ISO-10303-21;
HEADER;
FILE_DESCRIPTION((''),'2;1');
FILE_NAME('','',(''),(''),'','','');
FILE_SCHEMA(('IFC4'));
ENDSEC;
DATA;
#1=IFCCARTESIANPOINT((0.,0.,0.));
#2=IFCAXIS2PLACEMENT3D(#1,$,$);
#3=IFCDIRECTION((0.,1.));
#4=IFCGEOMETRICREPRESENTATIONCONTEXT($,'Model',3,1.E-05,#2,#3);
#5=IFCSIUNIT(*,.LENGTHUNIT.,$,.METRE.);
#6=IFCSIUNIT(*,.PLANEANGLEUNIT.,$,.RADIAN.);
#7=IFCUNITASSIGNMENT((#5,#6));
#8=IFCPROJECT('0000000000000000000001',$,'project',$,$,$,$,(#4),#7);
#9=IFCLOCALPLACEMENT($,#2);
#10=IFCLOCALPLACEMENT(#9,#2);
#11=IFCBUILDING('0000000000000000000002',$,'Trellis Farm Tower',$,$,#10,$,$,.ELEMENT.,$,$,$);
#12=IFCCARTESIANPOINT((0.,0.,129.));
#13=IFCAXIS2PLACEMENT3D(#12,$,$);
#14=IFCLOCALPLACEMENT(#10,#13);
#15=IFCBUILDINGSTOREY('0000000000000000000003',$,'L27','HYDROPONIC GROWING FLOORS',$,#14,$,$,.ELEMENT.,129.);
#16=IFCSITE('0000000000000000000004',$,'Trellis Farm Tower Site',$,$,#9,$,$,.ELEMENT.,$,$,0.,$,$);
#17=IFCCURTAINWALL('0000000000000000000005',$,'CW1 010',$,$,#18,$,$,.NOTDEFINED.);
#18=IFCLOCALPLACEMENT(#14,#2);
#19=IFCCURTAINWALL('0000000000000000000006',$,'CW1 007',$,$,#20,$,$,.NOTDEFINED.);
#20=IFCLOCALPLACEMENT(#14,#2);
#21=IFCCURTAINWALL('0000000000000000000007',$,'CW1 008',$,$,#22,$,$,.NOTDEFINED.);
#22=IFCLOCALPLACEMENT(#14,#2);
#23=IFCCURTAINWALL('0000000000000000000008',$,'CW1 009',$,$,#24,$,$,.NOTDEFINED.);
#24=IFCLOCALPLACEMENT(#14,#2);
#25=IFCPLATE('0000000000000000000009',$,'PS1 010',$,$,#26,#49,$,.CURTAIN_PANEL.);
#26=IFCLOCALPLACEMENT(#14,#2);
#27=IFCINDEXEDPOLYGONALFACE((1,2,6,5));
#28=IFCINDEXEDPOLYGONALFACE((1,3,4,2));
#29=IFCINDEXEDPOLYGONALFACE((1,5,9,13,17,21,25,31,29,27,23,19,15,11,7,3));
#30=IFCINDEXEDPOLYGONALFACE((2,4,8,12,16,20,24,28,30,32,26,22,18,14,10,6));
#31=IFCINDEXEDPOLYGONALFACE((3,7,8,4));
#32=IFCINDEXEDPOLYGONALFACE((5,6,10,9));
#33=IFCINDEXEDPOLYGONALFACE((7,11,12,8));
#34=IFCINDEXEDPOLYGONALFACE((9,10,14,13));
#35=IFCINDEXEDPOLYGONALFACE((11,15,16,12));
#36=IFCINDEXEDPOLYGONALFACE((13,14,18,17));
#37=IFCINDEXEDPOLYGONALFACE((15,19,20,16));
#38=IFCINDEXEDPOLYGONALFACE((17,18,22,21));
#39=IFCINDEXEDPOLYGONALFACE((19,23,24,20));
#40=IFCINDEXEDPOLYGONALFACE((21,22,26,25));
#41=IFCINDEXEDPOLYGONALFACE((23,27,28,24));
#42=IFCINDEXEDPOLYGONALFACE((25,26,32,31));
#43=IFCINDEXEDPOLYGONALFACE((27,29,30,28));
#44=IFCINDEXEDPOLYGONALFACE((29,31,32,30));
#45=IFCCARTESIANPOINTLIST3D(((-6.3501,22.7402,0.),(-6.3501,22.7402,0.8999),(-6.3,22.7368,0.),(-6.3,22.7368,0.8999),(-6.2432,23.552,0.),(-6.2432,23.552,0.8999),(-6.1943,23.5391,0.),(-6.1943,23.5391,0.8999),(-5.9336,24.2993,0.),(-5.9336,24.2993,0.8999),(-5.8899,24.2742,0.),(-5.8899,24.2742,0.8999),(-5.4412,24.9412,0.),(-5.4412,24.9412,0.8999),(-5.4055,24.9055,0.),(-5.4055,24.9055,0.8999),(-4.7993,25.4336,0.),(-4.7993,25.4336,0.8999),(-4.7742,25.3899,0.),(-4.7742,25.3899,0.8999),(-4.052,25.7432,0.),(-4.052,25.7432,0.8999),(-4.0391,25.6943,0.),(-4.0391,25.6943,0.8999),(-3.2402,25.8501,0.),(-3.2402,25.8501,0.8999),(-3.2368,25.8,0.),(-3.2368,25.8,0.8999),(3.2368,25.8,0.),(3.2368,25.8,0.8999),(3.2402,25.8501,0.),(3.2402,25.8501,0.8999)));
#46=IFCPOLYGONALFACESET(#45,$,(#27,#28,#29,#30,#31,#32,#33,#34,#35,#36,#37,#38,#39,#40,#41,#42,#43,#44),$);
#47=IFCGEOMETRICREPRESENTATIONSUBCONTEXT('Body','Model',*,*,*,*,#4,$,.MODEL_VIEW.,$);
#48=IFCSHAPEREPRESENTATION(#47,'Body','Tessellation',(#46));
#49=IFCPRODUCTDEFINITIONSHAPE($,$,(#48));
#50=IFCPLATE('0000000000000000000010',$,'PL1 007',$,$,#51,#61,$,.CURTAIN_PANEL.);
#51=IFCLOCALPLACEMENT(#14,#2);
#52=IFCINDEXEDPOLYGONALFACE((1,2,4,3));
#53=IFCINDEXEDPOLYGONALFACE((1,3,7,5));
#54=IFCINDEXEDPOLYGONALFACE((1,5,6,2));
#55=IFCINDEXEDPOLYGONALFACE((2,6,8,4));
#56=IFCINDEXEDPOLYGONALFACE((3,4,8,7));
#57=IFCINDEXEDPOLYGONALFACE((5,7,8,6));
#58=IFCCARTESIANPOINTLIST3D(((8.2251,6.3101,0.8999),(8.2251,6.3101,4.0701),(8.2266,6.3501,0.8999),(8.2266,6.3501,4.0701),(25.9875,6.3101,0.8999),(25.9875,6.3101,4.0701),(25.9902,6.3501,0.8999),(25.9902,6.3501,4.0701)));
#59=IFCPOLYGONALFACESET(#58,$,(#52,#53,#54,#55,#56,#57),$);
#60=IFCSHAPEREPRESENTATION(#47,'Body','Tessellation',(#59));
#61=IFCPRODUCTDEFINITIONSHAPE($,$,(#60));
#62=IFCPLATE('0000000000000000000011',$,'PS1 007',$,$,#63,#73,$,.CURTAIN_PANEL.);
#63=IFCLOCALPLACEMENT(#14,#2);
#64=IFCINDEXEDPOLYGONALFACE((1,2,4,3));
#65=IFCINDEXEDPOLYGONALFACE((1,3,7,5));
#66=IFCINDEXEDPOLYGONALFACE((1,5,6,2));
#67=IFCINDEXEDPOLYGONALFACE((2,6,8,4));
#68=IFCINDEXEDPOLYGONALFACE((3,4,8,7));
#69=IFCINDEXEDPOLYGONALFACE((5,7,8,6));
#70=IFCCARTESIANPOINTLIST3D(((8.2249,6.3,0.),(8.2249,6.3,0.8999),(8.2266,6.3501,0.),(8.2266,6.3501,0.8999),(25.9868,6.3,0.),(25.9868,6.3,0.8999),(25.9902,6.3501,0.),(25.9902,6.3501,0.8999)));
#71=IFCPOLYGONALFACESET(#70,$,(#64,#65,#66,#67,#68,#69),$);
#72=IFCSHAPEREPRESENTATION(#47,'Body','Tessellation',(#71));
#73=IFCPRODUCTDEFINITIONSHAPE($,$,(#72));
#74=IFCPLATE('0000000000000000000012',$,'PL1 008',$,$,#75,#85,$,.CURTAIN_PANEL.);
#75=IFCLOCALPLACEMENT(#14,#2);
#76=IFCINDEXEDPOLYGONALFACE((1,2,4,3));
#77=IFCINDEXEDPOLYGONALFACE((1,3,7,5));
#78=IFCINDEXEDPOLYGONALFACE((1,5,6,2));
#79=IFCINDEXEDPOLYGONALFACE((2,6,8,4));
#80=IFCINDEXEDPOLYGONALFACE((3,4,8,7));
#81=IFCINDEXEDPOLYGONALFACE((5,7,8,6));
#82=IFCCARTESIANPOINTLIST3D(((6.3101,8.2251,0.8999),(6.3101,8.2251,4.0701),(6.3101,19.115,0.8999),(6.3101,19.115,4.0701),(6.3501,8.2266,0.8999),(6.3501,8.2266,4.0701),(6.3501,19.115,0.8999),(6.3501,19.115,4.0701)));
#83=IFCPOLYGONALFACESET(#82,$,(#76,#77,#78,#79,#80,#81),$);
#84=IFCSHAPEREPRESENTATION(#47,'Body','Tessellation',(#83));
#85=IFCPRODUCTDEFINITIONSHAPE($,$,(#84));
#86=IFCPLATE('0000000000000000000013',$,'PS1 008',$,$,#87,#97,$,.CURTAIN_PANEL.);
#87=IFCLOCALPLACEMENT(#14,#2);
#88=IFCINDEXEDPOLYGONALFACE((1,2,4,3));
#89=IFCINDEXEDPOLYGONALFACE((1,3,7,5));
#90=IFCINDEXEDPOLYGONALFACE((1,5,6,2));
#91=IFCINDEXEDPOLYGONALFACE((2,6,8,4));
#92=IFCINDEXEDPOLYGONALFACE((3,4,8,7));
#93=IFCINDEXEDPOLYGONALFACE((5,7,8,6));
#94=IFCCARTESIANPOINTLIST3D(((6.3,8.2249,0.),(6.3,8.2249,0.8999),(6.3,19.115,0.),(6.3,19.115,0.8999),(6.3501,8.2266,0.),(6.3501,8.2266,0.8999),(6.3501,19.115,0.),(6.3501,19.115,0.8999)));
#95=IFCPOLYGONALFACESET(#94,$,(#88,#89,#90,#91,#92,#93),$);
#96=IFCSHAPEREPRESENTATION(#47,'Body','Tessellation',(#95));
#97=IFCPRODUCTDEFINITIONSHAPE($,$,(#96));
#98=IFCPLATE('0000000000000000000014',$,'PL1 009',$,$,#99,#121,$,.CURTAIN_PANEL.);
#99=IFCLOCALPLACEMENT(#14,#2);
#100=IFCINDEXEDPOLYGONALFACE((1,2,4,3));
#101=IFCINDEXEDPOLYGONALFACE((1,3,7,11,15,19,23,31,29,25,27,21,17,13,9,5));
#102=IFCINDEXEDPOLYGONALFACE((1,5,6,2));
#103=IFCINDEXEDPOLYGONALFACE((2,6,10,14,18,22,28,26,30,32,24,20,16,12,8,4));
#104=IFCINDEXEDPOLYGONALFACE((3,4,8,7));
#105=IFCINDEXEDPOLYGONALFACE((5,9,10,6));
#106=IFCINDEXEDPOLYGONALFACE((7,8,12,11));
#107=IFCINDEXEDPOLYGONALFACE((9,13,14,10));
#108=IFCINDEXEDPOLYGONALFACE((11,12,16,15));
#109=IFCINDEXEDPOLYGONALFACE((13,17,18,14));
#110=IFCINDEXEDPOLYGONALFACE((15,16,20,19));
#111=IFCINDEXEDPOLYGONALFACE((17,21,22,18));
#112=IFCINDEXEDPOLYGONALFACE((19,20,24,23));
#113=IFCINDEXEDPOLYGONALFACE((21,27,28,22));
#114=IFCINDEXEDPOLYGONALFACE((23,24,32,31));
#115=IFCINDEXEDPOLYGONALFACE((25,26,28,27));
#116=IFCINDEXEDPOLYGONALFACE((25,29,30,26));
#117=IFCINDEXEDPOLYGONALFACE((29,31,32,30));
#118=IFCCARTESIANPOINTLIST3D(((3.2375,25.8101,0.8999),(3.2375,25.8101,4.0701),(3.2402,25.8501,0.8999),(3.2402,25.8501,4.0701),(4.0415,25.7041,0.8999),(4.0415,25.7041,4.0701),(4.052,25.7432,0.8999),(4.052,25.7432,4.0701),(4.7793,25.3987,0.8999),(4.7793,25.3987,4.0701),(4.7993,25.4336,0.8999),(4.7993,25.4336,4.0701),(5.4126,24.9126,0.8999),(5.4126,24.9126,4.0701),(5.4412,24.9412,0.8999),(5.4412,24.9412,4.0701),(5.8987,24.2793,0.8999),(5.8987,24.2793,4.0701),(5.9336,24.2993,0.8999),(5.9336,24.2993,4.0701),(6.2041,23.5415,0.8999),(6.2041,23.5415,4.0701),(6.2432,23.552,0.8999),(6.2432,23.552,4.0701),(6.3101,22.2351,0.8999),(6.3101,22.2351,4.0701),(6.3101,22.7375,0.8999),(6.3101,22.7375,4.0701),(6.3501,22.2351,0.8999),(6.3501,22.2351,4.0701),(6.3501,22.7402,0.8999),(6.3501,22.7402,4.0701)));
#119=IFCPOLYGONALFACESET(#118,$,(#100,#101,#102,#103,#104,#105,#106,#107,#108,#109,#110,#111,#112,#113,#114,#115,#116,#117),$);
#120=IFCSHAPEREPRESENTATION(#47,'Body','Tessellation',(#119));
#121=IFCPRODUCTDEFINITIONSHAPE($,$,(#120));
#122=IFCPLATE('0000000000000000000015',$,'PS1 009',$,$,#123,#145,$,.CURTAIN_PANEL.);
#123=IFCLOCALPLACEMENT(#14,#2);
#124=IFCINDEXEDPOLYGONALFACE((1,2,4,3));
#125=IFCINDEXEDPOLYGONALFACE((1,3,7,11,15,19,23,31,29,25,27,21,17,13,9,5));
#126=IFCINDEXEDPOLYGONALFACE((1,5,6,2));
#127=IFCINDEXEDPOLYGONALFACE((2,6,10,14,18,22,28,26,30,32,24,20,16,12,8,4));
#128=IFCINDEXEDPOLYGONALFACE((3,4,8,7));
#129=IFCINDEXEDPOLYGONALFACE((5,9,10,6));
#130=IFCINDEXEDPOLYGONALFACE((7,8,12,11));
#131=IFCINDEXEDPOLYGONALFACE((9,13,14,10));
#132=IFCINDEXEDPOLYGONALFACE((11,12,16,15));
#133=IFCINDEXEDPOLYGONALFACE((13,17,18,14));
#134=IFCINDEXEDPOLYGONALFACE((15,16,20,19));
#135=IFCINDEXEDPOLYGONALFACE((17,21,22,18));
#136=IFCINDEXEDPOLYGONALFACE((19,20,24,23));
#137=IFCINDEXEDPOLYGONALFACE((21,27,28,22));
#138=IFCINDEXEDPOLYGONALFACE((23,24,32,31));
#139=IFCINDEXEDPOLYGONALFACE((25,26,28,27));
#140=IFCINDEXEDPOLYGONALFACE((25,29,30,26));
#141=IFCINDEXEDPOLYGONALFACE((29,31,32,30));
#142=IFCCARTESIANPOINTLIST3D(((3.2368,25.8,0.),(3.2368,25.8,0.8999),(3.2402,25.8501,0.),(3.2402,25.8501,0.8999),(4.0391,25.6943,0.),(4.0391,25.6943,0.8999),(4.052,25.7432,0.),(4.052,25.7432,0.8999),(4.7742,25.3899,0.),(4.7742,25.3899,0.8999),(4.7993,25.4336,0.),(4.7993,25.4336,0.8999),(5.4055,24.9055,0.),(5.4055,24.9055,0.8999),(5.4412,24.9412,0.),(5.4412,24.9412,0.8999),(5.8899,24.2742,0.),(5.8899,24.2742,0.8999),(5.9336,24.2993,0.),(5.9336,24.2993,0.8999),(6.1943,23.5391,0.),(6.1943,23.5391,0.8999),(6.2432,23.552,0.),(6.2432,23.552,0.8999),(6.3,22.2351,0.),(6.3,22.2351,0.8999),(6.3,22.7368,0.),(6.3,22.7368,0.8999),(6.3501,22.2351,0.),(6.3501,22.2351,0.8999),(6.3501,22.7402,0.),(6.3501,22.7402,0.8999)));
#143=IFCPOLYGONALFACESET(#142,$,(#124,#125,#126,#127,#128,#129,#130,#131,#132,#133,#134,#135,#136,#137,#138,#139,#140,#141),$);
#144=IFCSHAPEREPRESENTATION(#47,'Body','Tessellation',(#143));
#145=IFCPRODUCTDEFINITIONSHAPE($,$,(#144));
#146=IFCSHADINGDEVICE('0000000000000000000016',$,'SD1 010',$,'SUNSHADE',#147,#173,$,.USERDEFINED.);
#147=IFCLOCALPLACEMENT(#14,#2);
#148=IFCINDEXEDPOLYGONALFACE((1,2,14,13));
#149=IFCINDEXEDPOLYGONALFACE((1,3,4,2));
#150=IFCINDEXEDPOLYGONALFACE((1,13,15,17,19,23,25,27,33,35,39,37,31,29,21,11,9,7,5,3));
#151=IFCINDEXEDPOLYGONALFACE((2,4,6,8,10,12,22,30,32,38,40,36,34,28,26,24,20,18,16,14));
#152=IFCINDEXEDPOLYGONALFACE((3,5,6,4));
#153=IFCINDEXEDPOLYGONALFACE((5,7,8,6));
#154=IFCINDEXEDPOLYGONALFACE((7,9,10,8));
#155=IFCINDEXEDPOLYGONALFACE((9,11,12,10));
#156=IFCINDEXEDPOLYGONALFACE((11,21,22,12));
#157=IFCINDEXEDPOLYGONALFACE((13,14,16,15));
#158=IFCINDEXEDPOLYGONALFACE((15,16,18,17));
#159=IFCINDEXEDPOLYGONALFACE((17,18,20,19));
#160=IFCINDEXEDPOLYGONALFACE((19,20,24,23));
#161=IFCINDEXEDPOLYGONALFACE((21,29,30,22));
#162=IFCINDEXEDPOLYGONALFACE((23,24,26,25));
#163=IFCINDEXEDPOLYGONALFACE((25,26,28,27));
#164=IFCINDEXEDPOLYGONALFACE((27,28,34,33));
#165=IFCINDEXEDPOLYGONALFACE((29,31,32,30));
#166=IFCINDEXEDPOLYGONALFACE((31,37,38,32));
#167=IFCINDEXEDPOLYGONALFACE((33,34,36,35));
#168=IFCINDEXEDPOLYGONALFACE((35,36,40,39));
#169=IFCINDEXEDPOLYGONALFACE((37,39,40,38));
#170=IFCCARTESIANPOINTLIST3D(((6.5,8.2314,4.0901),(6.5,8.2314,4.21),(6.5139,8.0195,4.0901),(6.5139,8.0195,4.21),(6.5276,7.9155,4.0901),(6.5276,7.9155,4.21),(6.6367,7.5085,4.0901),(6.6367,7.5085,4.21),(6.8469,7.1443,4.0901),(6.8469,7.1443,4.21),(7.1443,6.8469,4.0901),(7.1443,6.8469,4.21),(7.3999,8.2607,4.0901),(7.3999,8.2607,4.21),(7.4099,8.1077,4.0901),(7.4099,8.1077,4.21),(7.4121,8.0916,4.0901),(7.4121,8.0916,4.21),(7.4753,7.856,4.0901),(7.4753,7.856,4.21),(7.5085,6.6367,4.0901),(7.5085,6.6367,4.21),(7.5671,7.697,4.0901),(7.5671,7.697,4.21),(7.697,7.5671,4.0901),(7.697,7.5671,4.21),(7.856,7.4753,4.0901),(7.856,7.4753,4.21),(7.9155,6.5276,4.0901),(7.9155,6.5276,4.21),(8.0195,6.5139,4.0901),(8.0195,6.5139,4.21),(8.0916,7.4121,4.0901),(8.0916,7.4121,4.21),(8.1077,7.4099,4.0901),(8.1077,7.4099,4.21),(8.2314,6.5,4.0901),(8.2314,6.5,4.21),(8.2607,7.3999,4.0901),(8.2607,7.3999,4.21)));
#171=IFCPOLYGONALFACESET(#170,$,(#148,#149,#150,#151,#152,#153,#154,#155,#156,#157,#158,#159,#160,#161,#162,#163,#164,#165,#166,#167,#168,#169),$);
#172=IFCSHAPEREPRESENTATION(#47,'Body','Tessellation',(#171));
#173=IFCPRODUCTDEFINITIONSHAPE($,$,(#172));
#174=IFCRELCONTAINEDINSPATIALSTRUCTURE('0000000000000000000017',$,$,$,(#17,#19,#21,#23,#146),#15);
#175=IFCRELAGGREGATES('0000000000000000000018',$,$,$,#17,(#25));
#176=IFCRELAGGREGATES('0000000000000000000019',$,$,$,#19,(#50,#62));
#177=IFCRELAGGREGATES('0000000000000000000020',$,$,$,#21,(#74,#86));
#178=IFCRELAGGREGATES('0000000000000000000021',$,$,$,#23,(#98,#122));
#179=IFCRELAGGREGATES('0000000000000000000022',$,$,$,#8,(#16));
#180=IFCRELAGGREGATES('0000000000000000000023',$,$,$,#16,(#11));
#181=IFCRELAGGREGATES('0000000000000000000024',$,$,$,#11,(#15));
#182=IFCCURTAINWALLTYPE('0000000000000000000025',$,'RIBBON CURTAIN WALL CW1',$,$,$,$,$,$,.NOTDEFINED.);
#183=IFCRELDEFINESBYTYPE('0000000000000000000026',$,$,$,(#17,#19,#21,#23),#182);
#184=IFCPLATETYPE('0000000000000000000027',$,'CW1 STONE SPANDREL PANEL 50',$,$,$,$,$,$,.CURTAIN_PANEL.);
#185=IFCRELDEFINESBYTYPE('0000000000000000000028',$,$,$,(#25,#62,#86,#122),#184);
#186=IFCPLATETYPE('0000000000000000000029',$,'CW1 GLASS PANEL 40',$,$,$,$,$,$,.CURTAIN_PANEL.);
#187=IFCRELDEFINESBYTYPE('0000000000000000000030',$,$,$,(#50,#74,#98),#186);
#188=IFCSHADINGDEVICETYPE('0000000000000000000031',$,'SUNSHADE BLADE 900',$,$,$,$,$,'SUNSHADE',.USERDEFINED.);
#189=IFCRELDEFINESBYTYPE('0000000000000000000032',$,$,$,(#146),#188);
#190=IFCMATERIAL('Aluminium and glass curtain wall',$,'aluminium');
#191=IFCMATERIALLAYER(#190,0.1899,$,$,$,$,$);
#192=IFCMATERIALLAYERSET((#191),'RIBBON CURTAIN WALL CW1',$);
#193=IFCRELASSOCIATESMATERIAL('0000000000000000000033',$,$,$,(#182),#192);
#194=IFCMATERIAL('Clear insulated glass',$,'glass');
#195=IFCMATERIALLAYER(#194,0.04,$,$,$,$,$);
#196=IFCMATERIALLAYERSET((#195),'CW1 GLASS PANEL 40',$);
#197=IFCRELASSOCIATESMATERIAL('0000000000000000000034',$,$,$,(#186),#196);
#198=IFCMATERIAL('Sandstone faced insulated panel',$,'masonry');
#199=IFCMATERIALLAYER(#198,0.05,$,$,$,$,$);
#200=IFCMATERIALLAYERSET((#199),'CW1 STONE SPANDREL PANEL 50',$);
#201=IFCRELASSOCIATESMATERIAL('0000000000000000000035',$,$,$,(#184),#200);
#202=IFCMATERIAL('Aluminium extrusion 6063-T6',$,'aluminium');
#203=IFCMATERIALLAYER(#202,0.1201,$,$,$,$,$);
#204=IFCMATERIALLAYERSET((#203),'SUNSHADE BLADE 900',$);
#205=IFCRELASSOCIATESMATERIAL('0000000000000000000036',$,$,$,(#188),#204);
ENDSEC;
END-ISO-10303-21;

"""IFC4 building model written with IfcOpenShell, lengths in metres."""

from ifc_helpers import new_model, si_unit, direction, frame, origin, place, context, subcontext, project, spatial, polyline, outline, extrude, source, transform, mapped, material, layer, layer_set, type_object, element, aggregate, save


model = new_model("IFC4")

# Units and contexts
model_context = context("Model", 3, precision=1e-05, world=origin(), true_north=direction((0.0, 1.0)))
body_context = subcontext(model_context, "Body", "Model", "MODEL_VIEW")
ifc_project = project(units=[si_unit("LENGTHUNIT", "METRE"), si_unit("PLANEANGLEUNIT", "RADIAN")], contexts=[model_context])

# Site, building, storey
site_placement = place(None, origin())
site = spatial("IfcSite", under=ifc_project, at=site_placement, Name="Trellis Farm Tower Site", CompositionType="ELEMENT", RefElevation=0.0)
building_placement = place(site_placement, origin())
building = spatial("IfcBuilding", under=site, at=building_placement, Name="Trellis Farm Tower", CompositionType="ELEMENT")
storey_placement = place(building_placement, frame((0.0, 0.0, 129.0)))
storey = spatial("IfcBuildingStorey", under=building, at=storey_placement, Name="L27", Description="HYDROPONIC GROWING FLOORS", CompositionType="ELEMENT", Elevation=129.0)

# Curtain walls
ifc_material_1 = material(Name="Aluminium and glass curtain wall", Category="aluminium")
placement_1 = place(storey_placement, origin())
ifc_material_2 = material(Name="Aluminium extrusion 6063-T6", Category="aluminium")
ifc_layer_1 = layer(ifc_material_1, 0.1899)
ifc_layer_set_1 = layer_set([ifc_layer_1], Name="RIBBON CURTAIN WALL CW1")
curtain_wall_type_1 = type_object("IfcCurtainWallType", Name="RIBBON CURTAIN WALL CW1", PredefinedType="NOTDEFINED", material=ifc_layer_set_1)
curtain_wall_1 = element("IfcCurtainWall", 1, at=placement_1, inside=storey, type_object=curtain_wall_type_1, Name="CW1 010", PredefinedType="NOTDEFINED")
curtain_wall_2 = element("IfcCurtainWall", 2, at=placement_1, inside=storey, type_object=curtain_wall_type_1, Name="CW1 007", PredefinedType="NOTDEFINED")
curtain_wall_3 = element("IfcCurtainWall", 3, at=placement_1, inside=storey, type_object=curtain_wall_type_1, Name="CW1 008", PredefinedType="NOTDEFINED")
curtain_wall_4 = element("IfcCurtainWall", 4, at=placement_1, inside=storey, type_object=curtain_wall_type_1, Name="CW1 009", PredefinedType="NOTDEFINED")

# Plates
ifc_material_3 = material(Name="Clear insulated glass", Category="glass")
ifc_layer_2 = layer(ifc_material_3, 0.04)
ifc_layer_set_2 = layer_set([ifc_layer_2], Name="CW1 GLASS PANEL 40")
plate_type_1 = type_object("IfcPlateType", Name="CW1 GLASS PANEL 40", PredefinedType="CURTAIN_PANEL", material=ifc_layer_set_2)
placement_2 = place(storey_placement, frame((0.0, 0.0, 0.8999)))
ifc_material_4 = material(Name="Sandstone faced insulated panel", Category="masonry")
ifc_layer_3 = layer(ifc_material_4, 0.05)
ifc_layer_set_3 = layer_set([ifc_layer_3], Name="CW1 STONE SPANDREL PANEL 50")
plate_type_2 = type_object("IfcPlateType", Name="CW1 STONE SPANDREL PANEL 50", PredefinedType="CURTAIN_PANEL", material=ifc_layer_set_3)
shared_shape_1 = source(origin(), body_context, "Body", "SweptSolid", [
    extrude(outline(polyline([(3.2402, 25.8501), (-3.2402, 25.8501), (-4.052, 25.7432), (-4.7993, 25.4336), (-5.4412, 24.9412), (-5.9336, 24.2993), (-6.2432, 23.552), (-6.3501, 22.7402), (-6.3, 22.7368), (-6.1943, 23.5391), (-5.8899, 24.2742), (-5.4055, 24.9055), (-4.7742, 25.3899), (-4.0391, 25.6943), (-3.2368, 25.8), (3.2368, 25.8), (3.2402, 25.8501)])), origin(), (0.0, 0.0, 1.0), 0.8999),
])
plate_1 = element("IfcPlate", 5, at=placement_1, type_object=plate_type_2, Name="PS1 010", PredefinedType="CURTAIN_PANEL", context=body_context, shape_type="MappedRepresentation", body=[
    mapped(shared_shape_1, transform((0.0, 0.0, 0.0))),
])
aggregate(curtain_wall_1, [plate_1])
shared_shape_2 = source(origin(), body_context, "Body", "SweptSolid", [
    extrude(outline(polyline([(25.9902, 6.3501), (8.2266, 6.3501), (8.2251, 6.3101), (25.9875, 6.3101), (25.9902, 6.3501)])), origin(), (0.0, 0.0, 1.0), 3.1702),
])
plate_2 = element("IfcPlate", 6, at=placement_2, type_object=plate_type_1, Name="PL1 007", PredefinedType="CURTAIN_PANEL", context=body_context, shape_type="MappedRepresentation", body=[
    mapped(shared_shape_2, transform((0.0, 0.0, 0.0))),
])
shared_shape_3 = source(origin(), body_context, "Body", "SweptSolid", [
    extrude(outline(polyline([(25.9902, 6.3501), (8.2266, 6.3501), (8.2249, 6.3), (25.9868, 6.3), (25.9902, 6.3501)])), origin(), (0.0, 0.0, 1.0), 0.8999),
])
plate_3 = element("IfcPlate", 7, at=placement_1, type_object=plate_type_2, Name="PS1 007", PredefinedType="CURTAIN_PANEL", context=body_context, shape_type="MappedRepresentation", body=[
    mapped(shared_shape_3, transform((0.0, 0.0, 0.0))),
])
aggregate(curtain_wall_2, [plate_2, plate_3])
shared_shape_4 = source(origin(), body_context, "Body", "SweptSolid", [
    extrude(outline(polyline([(6.3501, 8.2266), (6.3501, 19.115), (6.3101, 19.115), (6.3101, 8.2251), (6.3501, 8.2266)])), origin(), (0.0, 0.0, 1.0), 3.1702),
])
plate_4 = element("IfcPlate", 8, at=placement_2, type_object=plate_type_1, Name="PL1 008", PredefinedType="CURTAIN_PANEL", context=body_context, shape_type="MappedRepresentation", body=[
    mapped(shared_shape_4, transform((0.0, 0.0, 0.0))),
])
shared_shape_5 = source(origin(), body_context, "Body", "SweptSolid", [
    extrude(outline(polyline([(6.3501, 8.2266), (6.3501, 19.115), (6.3, 19.115), (6.3, 8.2249), (6.3501, 8.2266)])), origin(), (0.0, 0.0, 1.0), 0.8999),
])
plate_5 = element("IfcPlate", 9, at=placement_1, type_object=plate_type_2, Name="PS1 008", PredefinedType="CURTAIN_PANEL", context=body_context, shape_type="MappedRepresentation", body=[
    mapped(shared_shape_5, transform((0.0, 0.0, 0.0))),
])
aggregate(curtain_wall_3, [plate_4, plate_5])
shared_shape_6 = source(origin(), body_context, "Body", "SweptSolid", [
    extrude(outline(polyline([(6.3501, 22.2351), (6.3501, 22.7402), (6.2432, 23.552), (5.9336, 24.2993), (5.4412, 24.9412), (4.7993, 25.4336), (4.052, 25.7432), (3.2402, 25.8501), (3.2375, 25.8101), (4.0415, 25.7041), (4.7793, 25.3987), (5.4126, 24.9126), (5.8987, 24.2793), (6.2041, 23.5415), (6.3101, 22.7375), (6.3101, 22.2351), (6.3501, 22.2351)])), origin(), (0.0, 0.0, 1.0), 3.1702),
])
plate_6 = element("IfcPlate", 10, at=placement_2, type_object=plate_type_1, Name="PL1 009", PredefinedType="CURTAIN_PANEL", context=body_context, shape_type="MappedRepresentation", body=[
    mapped(shared_shape_6, transform((0.0, 0.0, 0.0))),
])
shared_shape_7 = source(origin(), body_context, "Body", "SweptSolid", [
    extrude(outline(polyline([(6.3501, 22.2351), (6.3501, 22.7402), (6.2432, 23.552), (5.9336, 24.2993), (5.4412, 24.9412), (4.7993, 25.4336), (4.052, 25.7432), (3.2402, 25.8501), (3.2368, 25.8), (4.0391, 25.6943), (4.7742, 25.3899), (5.4055, 24.9055), (5.8899, 24.2742), (6.1943, 23.5391), (6.3, 22.7368), (6.3, 22.2351), (6.3501, 22.2351)])), origin(), (0.0, 0.0, 1.0), 0.8999),
])
plate_7 = element("IfcPlate", 11, at=placement_1, type_object=plate_type_2, Name="PS1 009", PredefinedType="CURTAIN_PANEL", context=body_context, shape_type="MappedRepresentation", body=[
    mapped(shared_shape_7, transform((0.0, 0.0, 0.0))),
])
aggregate(curtain_wall_4, [plate_6, plate_7])

# Shading device
ifc_layer_4 = layer(ifc_material_2, 0.1201)
ifc_layer_set_4 = layer_set([ifc_layer_4], Name="SUNSHADE BLADE 900")
shading_device_type_1 = type_object("IfcShadingDeviceType", Name="SUNSHADE BLADE 900", ElementType="SUNSHADE", PredefinedType="USERDEFINED", material=ifc_layer_set_4)
shared_shape_8 = source(origin(), body_context, "Body", "SweptSolid", [
    extrude(outline(polyline([(8.2607, 7.3999), (8.1077, 7.4099), (8.0916, 7.4121), (7.856, 7.4753), (7.697, 7.5671), (7.5671, 7.697), (7.4753, 7.856), (7.4121, 8.0916), (7.4099, 8.1077), (7.3999, 8.2607), (6.5, 8.2314), (6.5139, 8.0195), (6.5276, 7.9155), (6.6367, 7.5085), (6.8469, 7.1443), (7.1443, 6.8469), (7.5085, 6.6367), (7.9155, 6.5276), (8.0195, 6.5139), (8.2314, 6.5), (8.2607, 7.3999)])), origin(), (0.0, 0.0, 1.0), 0.1199),
])
placement_3 = place(storey_placement, frame((0.0, 0.0, 4.0901)))
element("IfcShadingDevice", 12, at=placement_3, inside=storey, type_object=shading_device_type_1, Name="SD1 010", ObjectType="SUNSHADE", PredefinedType="USERDEFINED", context=body_context, shape_type="MappedRepresentation", body=[
    mapped(shared_shape_8, transform((0.0, 0.0, 0.0))),
])

save(model, "model.ifc")
